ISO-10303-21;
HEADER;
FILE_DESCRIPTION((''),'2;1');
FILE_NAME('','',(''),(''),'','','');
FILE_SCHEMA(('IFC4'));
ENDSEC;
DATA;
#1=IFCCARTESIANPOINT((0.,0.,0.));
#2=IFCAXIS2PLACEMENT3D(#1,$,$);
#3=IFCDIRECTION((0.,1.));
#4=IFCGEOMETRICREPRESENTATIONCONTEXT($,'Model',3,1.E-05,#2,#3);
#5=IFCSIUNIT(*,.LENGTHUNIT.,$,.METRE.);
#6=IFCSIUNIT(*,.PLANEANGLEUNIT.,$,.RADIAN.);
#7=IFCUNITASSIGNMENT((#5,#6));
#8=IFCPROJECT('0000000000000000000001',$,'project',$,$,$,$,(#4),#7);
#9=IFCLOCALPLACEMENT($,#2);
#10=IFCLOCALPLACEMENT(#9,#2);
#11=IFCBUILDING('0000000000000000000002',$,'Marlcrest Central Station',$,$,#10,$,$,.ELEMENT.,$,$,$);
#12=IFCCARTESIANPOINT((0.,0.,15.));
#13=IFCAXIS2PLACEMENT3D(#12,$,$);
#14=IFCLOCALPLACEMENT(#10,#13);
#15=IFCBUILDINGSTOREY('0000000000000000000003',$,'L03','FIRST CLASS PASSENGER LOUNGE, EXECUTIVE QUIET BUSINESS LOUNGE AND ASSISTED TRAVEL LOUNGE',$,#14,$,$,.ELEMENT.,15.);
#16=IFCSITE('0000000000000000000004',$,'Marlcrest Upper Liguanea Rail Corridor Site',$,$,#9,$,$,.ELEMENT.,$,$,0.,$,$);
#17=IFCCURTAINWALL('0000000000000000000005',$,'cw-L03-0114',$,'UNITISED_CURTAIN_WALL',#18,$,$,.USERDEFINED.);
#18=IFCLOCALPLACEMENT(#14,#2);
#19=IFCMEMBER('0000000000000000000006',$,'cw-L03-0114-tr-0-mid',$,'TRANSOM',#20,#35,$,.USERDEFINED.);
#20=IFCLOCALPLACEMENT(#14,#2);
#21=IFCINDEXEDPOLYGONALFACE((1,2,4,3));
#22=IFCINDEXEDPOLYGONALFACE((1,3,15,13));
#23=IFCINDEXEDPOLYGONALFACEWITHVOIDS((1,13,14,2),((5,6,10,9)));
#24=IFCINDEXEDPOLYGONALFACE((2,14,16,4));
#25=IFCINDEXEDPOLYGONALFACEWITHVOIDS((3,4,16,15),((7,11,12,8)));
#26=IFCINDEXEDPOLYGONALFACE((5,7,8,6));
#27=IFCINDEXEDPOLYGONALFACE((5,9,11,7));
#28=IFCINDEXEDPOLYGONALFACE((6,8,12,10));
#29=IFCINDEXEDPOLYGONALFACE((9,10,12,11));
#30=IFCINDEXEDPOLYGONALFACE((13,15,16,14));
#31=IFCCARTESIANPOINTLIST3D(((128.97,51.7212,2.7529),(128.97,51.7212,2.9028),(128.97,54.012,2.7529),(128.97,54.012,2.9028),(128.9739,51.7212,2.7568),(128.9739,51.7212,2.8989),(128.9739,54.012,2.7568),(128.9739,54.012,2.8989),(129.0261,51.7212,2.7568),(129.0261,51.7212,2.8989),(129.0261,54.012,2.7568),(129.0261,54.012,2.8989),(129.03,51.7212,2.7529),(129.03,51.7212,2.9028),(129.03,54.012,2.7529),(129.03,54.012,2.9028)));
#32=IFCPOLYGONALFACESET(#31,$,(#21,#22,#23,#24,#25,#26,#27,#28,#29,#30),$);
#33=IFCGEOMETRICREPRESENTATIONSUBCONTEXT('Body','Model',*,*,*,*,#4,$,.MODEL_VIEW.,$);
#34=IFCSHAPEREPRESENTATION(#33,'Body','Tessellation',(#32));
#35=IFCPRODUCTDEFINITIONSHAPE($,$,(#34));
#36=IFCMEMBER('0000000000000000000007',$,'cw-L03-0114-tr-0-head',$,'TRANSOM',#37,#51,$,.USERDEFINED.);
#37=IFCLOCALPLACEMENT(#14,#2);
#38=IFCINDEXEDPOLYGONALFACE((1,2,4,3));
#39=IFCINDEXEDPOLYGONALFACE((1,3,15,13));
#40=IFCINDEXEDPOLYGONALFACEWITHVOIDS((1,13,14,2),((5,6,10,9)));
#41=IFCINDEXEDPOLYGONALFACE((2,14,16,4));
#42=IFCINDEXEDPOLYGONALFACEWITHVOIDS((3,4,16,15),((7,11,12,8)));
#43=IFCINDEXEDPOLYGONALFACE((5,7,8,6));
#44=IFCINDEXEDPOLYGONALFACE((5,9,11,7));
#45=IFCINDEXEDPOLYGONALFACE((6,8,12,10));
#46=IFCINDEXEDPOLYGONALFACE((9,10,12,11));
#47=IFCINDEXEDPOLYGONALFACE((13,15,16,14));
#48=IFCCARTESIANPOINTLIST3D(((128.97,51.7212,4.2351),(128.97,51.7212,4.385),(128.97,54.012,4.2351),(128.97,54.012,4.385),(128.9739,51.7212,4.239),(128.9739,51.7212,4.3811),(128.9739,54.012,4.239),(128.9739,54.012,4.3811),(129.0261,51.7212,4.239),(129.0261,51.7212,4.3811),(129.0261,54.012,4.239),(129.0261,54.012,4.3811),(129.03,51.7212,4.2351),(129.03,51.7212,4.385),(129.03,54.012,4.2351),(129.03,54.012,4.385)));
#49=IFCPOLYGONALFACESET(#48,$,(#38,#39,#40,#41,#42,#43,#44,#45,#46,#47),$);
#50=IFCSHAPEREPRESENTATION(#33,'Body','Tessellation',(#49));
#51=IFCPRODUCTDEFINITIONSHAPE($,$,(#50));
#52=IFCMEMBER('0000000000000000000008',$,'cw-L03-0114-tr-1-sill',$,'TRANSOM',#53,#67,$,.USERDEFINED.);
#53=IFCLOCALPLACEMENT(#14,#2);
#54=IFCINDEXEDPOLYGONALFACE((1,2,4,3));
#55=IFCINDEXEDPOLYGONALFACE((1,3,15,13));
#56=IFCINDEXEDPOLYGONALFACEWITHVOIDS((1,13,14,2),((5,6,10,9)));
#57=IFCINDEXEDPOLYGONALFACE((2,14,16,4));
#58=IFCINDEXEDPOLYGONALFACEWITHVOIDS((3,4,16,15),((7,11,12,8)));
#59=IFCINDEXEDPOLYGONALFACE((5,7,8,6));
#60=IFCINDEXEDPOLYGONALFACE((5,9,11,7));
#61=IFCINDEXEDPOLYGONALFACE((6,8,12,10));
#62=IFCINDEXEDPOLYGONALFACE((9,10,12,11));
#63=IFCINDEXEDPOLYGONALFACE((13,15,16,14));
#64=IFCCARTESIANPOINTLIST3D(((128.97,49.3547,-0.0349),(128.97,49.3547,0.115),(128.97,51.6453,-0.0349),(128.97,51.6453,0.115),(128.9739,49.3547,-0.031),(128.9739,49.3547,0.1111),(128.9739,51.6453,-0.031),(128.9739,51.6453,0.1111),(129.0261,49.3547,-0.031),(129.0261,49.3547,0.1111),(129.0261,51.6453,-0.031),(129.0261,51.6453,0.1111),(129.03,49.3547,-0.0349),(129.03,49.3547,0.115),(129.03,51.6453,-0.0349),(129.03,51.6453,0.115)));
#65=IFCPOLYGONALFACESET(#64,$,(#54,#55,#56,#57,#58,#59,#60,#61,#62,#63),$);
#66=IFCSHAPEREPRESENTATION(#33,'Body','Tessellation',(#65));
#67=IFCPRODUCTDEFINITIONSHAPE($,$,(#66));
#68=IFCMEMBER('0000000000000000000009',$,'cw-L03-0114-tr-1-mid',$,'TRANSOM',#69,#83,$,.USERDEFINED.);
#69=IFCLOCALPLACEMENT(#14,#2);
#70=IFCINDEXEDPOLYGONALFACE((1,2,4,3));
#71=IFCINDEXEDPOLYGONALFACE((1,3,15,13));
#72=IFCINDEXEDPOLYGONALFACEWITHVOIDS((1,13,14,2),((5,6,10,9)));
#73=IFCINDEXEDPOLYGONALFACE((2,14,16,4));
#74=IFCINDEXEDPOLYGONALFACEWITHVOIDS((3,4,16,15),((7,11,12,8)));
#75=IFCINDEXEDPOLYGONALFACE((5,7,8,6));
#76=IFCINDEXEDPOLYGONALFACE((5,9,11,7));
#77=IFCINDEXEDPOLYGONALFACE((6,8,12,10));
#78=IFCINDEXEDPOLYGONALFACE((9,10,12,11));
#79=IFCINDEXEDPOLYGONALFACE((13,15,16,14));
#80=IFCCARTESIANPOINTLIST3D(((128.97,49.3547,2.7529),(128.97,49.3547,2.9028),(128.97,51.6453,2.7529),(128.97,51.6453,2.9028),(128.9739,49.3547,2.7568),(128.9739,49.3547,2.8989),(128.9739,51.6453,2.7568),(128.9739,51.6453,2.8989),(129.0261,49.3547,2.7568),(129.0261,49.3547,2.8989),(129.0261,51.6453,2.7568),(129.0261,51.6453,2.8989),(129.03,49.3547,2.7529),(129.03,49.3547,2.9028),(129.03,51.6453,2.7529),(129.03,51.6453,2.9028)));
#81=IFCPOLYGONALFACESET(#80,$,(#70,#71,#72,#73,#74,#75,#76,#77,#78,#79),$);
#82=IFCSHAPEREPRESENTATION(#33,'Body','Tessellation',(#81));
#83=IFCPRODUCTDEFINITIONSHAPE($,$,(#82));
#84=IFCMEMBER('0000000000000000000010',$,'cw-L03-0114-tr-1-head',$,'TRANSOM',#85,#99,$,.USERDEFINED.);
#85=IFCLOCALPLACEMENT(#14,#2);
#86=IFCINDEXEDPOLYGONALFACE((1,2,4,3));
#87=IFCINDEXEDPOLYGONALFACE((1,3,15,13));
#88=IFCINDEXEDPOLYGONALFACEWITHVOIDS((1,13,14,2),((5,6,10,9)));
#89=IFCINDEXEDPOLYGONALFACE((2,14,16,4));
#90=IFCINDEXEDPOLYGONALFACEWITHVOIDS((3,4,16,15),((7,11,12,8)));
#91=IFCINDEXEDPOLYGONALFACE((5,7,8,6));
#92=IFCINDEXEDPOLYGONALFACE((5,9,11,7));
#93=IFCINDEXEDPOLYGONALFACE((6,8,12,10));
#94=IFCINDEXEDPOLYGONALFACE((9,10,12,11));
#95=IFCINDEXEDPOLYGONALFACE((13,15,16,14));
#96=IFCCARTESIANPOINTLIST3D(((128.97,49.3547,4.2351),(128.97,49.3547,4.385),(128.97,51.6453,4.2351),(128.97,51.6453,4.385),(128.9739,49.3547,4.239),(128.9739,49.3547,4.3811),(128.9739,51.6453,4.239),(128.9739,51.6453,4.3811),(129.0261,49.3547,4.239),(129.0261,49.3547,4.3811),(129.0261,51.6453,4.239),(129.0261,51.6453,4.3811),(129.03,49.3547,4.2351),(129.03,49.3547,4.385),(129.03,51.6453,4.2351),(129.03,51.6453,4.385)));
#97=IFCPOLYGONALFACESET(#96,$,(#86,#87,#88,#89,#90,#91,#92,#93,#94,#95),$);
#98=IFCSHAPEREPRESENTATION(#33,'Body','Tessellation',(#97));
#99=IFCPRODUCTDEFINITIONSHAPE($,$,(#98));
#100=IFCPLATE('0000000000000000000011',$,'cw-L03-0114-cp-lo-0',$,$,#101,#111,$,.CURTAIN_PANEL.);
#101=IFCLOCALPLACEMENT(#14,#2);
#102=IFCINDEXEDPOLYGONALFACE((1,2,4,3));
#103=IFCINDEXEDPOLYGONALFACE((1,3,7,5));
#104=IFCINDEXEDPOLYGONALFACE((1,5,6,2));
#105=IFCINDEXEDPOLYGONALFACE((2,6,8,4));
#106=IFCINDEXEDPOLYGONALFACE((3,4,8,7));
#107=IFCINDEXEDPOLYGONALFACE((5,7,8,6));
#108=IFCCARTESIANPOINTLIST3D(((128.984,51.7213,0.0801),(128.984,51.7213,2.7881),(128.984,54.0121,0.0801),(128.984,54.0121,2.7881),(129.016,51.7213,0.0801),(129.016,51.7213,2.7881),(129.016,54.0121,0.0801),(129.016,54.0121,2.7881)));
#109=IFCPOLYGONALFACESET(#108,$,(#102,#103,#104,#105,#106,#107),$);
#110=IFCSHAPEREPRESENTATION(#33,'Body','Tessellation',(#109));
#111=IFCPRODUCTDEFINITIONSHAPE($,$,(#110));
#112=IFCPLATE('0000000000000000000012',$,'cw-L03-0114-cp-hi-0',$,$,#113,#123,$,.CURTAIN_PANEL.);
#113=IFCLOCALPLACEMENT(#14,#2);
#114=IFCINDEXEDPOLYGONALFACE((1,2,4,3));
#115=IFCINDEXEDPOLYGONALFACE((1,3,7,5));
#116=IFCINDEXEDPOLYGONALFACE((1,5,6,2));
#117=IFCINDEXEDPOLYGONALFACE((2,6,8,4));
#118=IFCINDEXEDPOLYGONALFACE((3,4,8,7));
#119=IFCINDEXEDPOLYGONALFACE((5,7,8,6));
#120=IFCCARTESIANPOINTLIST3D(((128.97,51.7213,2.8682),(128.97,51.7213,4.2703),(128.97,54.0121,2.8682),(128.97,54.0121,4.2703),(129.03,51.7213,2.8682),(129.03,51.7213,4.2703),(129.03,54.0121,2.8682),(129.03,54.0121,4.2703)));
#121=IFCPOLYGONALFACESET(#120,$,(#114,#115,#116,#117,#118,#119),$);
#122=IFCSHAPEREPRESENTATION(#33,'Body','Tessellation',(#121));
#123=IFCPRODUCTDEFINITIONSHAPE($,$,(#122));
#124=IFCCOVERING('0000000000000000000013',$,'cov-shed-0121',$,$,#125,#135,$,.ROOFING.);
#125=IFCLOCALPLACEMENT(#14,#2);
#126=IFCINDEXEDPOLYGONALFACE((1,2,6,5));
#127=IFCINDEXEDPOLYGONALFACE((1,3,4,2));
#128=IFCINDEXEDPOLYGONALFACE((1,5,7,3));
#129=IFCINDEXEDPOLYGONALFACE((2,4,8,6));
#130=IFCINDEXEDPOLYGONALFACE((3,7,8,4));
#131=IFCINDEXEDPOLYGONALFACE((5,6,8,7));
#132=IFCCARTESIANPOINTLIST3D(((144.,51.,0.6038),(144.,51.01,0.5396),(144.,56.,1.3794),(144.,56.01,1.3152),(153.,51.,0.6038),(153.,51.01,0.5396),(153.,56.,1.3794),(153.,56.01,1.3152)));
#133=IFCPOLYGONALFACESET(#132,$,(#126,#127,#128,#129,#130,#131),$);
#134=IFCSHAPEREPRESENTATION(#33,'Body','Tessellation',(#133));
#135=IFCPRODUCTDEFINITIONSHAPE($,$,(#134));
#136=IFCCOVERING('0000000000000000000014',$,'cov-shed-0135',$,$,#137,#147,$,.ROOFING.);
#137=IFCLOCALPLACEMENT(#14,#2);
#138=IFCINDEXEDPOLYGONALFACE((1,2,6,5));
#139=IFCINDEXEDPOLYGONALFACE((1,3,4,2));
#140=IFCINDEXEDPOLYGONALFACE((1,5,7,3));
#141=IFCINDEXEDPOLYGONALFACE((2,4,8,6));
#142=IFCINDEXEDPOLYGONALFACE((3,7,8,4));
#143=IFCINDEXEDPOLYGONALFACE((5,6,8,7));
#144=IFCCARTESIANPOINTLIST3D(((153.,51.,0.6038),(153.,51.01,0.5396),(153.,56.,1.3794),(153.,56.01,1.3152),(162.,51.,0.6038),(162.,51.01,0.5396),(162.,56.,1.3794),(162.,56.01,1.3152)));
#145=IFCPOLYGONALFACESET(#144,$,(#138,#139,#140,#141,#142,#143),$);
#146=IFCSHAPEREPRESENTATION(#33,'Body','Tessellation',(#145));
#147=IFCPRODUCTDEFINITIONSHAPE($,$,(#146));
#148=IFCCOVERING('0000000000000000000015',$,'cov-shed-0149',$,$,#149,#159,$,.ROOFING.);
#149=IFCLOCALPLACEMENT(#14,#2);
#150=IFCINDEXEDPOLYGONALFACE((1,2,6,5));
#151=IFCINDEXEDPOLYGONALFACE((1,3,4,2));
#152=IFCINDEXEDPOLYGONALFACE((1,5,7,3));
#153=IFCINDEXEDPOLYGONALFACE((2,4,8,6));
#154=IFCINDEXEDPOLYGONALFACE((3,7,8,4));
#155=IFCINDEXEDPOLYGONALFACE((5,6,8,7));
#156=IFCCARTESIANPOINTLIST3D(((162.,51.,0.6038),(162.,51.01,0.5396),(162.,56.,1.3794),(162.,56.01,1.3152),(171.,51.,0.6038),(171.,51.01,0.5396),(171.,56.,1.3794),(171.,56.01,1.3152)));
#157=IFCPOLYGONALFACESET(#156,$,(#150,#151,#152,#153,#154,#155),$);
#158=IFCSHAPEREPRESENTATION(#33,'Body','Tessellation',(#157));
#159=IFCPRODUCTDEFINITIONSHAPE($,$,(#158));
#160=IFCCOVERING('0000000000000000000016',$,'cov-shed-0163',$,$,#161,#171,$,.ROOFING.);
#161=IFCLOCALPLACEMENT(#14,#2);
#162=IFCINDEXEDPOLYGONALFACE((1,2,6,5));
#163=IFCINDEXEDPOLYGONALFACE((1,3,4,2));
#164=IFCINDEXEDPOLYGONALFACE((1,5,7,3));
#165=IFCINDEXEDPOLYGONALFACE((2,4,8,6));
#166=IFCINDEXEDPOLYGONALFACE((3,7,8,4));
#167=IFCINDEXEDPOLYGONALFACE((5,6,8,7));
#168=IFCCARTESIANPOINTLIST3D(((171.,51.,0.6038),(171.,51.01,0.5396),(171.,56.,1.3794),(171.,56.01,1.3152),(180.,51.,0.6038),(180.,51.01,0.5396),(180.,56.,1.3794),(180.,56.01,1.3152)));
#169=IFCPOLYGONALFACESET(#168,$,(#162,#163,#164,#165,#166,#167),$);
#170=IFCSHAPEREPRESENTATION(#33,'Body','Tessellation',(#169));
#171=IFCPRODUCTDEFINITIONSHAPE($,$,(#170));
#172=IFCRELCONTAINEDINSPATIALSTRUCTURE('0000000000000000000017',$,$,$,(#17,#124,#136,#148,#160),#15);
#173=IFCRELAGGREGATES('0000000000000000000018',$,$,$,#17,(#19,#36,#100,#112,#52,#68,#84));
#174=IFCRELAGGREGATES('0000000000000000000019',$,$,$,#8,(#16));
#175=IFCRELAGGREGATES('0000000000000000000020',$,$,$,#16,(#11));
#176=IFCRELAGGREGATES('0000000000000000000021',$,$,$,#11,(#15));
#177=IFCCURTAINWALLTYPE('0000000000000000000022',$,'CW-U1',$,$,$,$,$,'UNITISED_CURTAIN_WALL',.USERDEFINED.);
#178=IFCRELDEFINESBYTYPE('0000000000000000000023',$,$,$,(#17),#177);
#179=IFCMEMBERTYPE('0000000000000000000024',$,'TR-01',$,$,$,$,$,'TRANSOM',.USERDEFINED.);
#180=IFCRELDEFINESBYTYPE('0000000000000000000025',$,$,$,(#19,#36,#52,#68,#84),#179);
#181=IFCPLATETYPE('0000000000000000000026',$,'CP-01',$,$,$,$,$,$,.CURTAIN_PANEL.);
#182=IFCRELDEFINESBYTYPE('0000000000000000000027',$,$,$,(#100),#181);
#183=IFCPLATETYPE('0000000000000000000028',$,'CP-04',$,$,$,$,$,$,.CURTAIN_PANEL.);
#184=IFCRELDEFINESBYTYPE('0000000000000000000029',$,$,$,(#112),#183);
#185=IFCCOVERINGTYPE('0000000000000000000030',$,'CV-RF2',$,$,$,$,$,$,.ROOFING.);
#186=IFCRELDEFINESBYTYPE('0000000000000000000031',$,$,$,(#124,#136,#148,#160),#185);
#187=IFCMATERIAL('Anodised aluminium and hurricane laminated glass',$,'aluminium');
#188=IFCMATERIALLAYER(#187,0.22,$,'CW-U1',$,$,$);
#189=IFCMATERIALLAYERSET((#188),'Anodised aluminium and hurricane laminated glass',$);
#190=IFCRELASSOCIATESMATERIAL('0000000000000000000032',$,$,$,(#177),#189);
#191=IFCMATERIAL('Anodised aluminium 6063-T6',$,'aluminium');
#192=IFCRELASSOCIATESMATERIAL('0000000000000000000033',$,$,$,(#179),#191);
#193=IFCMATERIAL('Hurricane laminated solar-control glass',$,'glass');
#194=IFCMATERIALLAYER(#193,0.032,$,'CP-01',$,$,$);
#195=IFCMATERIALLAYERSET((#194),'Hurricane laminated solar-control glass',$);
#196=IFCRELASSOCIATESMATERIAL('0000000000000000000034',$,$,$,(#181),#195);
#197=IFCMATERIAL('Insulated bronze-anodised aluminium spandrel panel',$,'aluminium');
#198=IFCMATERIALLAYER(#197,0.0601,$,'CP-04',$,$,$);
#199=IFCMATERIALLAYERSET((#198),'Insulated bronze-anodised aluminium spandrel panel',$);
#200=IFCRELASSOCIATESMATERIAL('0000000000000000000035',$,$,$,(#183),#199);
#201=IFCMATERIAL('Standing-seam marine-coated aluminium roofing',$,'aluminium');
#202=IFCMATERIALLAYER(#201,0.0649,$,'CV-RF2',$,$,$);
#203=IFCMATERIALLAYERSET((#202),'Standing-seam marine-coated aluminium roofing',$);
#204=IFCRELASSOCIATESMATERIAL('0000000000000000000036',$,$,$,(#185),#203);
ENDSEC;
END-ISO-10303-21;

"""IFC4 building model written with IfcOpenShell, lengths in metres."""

from ifc_helpers import new_model, si_unit, direction, frame, origin, origin_2d, place, context, subcontext, project, spatial, polyline, rectangle, hollow_rectangle, outline, extrude, material, layer, layer_set, material_profile, profile_set, type_object, element, aggregate, save


model = new_model("IFC4")

# Units and contexts
model_context = context("Model", 3, precision=1e-05, world=origin(), true_north=direction((0.0, 1.0)))
body_context = subcontext(model_context, "Body", "Model", "MODEL_VIEW")
ifc_project = project(units=[si_unit("LENGTHUNIT", "METRE"), si_unit("PLANEANGLEUNIT", "RADIAN")], contexts=[model_context])

# Site, building, storey
site_placement = place(None, origin())
site = spatial("IfcSite", under=ifc_project, at=site_placement, Name="Marlcrest Upper Liguanea Rail Corridor Site", CompositionType="ELEMENT", RefElevation=0.0)
building_placement = place(site_placement, origin())
building = spatial("IfcBuilding", under=site, at=building_placement, Name="Marlcrest Central Station", CompositionType="ELEMENT")
storey_placement = place(building_placement, frame((0.0, 0.0, 15.0)))
storey = spatial("IfcBuildingStorey", under=building, at=storey_placement, Name="L03", Description="FIRST CLASS PASSENGER LOUNGE, EXECUTIVE QUIET BUSINESS LOUNGE AND ASSISTED TRAVEL LOUNGE", CompositionType="ELEMENT", Elevation=15.0)

# Curtain wall
ifc_material_1 = material(Name="Anodised aluminium and hurricane laminated glass", Category="aluminium")
ifc_layer_1 = layer(ifc_material_1, 0.22, Name="CW-U1")
ifc_layer_set_1 = layer_set([ifc_layer_1], Name="Anodised aluminium and hurricane laminated glass")
curtain_wall_type = type_object("IfcCurtainWallType", Name="CW-U1", ElementType="UNITISED_CURTAIN_WALL", PredefinedType="USERDEFINED", material=ifc_layer_set_1)
curtain_wall_1_placement = place(storey_placement, origin())
curtain_wall_1 = element("IfcCurtainWall", 1, at=curtain_wall_1_placement, inside=storey, type_object=curtain_wall_type, Name="cw-L03-0114", ObjectType="UNITISED_CURTAIN_WALL", PredefinedType="USERDEFINED")
ifc_material_2 = material(Name="Anodised aluminium 6063-T6", Category="aluminium")

# Members
ifc_material_profile_1 = material_profile(ifc_material_2, hollow_rectangle(XDim=0.0601, YDim=0.1499, WallThickness=0.0039, at=origin_2d()), Name="AA-RHS 150x60x4")
ifc_profile_set_1 = profile_set([ifc_material_profile_1], Name="Anodised aluminium 6063-T6")
member_type_1 = type_object("IfcMemberType", Name="TR-01", ElementType="TRANSOM", PredefinedType="USERDEFINED", material=ifc_profile_set_1)
member_1_placement = place(storey_placement, frame((129.0, 54.012, 2.8279), z_axis=(0.0, -1.0, 0.0), x_axis=(1.0, 0.0, 0.0)))
member_1 = element("IfcMember", 2, at=member_1_placement, type_object=member_type_1, Name="cw-L03-0114-tr-0-mid", ObjectType="TRANSOM", PredefinedType="USERDEFINED", context=body_context, shape_type="SweptSolid", body=[
    extrude(hollow_rectangle(XDim=0.0601, YDim=0.1499, WallThickness=0.0039, at=origin_2d()), origin(), (0.0, 0.0, 1.0), 2.2908),
])
member_2_placement = place(storey_placement, frame((129.0, 54.012, 4.3101), z_axis=(0.0, -1.0, 0.0), x_axis=(1.0, 0.0, 0.0)))
member_2 = element("IfcMember", 3, at=member_2_placement, type_object=member_type_1, Name="cw-L03-0114-tr-0-head", ObjectType="TRANSOM", PredefinedType="USERDEFINED", context=body_context, shape_type="SweptSolid", body=[
    extrude(hollow_rectangle(XDim=0.0601, YDim=0.1499, WallThickness=0.0039, at=origin_2d()), origin(), (0.0, 0.0, 1.0), 2.2908),
])
member_3_placement = place(storey_placement, frame((129.0, 51.6453, 0.04), z_axis=(0.0, -1.0, 0.0), x_axis=(1.0, 0.0, 0.0)))
member_3 = element("IfcMember", 4, at=member_3_placement, type_object=member_type_1, Name="cw-L03-0114-tr-1-sill", ObjectType="TRANSOM", PredefinedType="USERDEFINED", context=body_context, shape_type="SweptSolid", body=[
    extrude(hollow_rectangle(XDim=0.0601, YDim=0.1499, WallThickness=0.0039, at=origin_2d()), origin(), (0.0, 0.0, 1.0), 2.2905),
])
member_4_placement = place(storey_placement, frame((129.0, 51.6453, 2.8279), z_axis=(0.0, -1.0, 0.0), x_axis=(1.0, 0.0, 0.0)))
member_4 = element("IfcMember", 5, at=member_4_placement, type_object=member_type_1, Name="cw-L03-0114-tr-1-mid", ObjectType="TRANSOM", PredefinedType="USERDEFINED", context=body_context, shape_type="SweptSolid", body=[
    extrude(hollow_rectangle(XDim=0.0601, YDim=0.1499, WallThickness=0.0039, at=origin_2d()), origin(), (0.0, 0.0, 1.0), 2.2905),
])
member_5_placement = place(storey_placement, frame((129.0, 51.6453, 4.3101), z_axis=(0.0, -1.0, 0.0), x_axis=(1.0, 0.0, 0.0)))
member_5 = element("IfcMember", 6, at=member_5_placement, type_object=member_type_1, Name="cw-L03-0114-tr-1-head", ObjectType="TRANSOM", PredefinedType="USERDEFINED", context=body_context, shape_type="SweptSolid", body=[
    extrude(hollow_rectangle(XDim=0.0601, YDim=0.1499, WallThickness=0.0039, at=origin_2d()), origin(), (0.0, 0.0, 1.0), 2.2905),
])

# Plates
ifc_material_3 = material(Name="Hurricane laminated solar-control glass", Category="glass")
ifc_layer_2 = layer(ifc_material_3, 0.032, Name="CP-01")
ifc_layer_set_2 = layer_set([ifc_layer_2], Name="Hurricane laminated solar-control glass")
plate_type_1 = type_object("IfcPlateType", Name="CP-01", PredefinedType="CURTAIN_PANEL", material=ifc_layer_set_2)
plate_1_placement = place(storey_placement, frame((129.0, 52.8667, 0.0801), z_axis=(0.0, 0.0, 1.0), x_axis=(0.0, -1.0, 0.0)))
plate_1 = element("IfcPlate", 7, at=plate_1_placement, type_object=plate_type_1, Name="cw-L03-0114-cp-lo-0", PredefinedType="CURTAIN_PANEL", context=body_context, shape_type="SweptSolid", body=[
    extrude(rectangle(XDim=2.2908, YDim=0.032, at=origin_2d()), origin(), (0.0, 0.0, 1.0), 2.708),
])
ifc_material_4 = material(Name="Insulated bronze-anodised aluminium spandrel panel", Category="aluminium")
ifc_layer_3 = layer(ifc_material_4, 0.0601, Name="CP-04")
ifc_layer_set_3 = layer_set([ifc_layer_3], Name="Insulated bronze-anodised aluminium spandrel panel")
plate_type_2 = type_object("IfcPlateType", Name="CP-04", PredefinedType="CURTAIN_PANEL", material=ifc_layer_set_3)
plate_2_placement = place(storey_placement, frame((129.0, 52.8667, 2.8682), z_axis=(0.0, 0.0, 1.0), x_axis=(0.0, -1.0, 0.0)))
plate_2 = element("IfcPlate", 8, at=plate_2_placement, type_object=plate_type_2, Name="cw-L03-0114-cp-hi-0", PredefinedType="CURTAIN_PANEL", context=body_context, shape_type="SweptSolid", body=[
    extrude(rectangle(XDim=2.2908, YDim=0.0601, at=origin_2d()), origin(), (0.0, 0.0, 1.0), 1.4021),
])
aggregate(curtain_wall_1, [member_1, member_2, plate_1, plate_2, member_3, member_4, member_5])

# Coverings
ifc_material_5 = material(Name="Standing-seam marine-coated aluminium roofing", Category="aluminium")
ifc_layer_4 = layer(ifc_material_5, 0.0649, Name="CV-RF2")
ifc_layer_set_4 = layer_set([ifc_layer_4], Name="Standing-seam marine-coated aluminium roofing")
covering_type = type_object("IfcCoveringType", Name="CV-RF2", PredefinedType="ROOFING", material=ifc_layer_set_4)
for number, where, z_axis, x_axis, name in (
    (9, (144.0, 51.0, 0.6038), (0.0, -0.153293, 0.988181), (1.0, 0.0, 0.0), "cov-shed-0121"),
    (10, (153.0, 51.0, 0.6038), (0.0, -0.153293, 0.988181), (1.0, 0.0, 0.0), "cov-shed-0135"),
    (11, (162.0, 51.0, 0.6038), (0.0, -0.153293, 0.988181), (1.0, 0.0, 0.0), "cov-shed-0149"),
    (12, (171.0, 51.0, 0.6038), (0.0, -0.153293, 0.988181), (1.0, 0.0, 0.0), "cov-shed-0163"),
):
    element("IfcCovering", number, at=place(storey_placement, frame(where, z_axis=z_axis, x_axis=x_axis)), inside=storey, type_object=covering_type, Name=name, PredefinedType="ROOFING", context=body_context, shape_type="SweptSolid", body=[
        extrude(outline(polyline([(0.0, 0.0), (9.0, 0.0), (9.0, 5.0598), (0.0, 5.0598), (0.0, 0.0)])), origin(), (0.0, 0.0, -1.0), 0.0649),
    ])

save(model, "model.ifc")
